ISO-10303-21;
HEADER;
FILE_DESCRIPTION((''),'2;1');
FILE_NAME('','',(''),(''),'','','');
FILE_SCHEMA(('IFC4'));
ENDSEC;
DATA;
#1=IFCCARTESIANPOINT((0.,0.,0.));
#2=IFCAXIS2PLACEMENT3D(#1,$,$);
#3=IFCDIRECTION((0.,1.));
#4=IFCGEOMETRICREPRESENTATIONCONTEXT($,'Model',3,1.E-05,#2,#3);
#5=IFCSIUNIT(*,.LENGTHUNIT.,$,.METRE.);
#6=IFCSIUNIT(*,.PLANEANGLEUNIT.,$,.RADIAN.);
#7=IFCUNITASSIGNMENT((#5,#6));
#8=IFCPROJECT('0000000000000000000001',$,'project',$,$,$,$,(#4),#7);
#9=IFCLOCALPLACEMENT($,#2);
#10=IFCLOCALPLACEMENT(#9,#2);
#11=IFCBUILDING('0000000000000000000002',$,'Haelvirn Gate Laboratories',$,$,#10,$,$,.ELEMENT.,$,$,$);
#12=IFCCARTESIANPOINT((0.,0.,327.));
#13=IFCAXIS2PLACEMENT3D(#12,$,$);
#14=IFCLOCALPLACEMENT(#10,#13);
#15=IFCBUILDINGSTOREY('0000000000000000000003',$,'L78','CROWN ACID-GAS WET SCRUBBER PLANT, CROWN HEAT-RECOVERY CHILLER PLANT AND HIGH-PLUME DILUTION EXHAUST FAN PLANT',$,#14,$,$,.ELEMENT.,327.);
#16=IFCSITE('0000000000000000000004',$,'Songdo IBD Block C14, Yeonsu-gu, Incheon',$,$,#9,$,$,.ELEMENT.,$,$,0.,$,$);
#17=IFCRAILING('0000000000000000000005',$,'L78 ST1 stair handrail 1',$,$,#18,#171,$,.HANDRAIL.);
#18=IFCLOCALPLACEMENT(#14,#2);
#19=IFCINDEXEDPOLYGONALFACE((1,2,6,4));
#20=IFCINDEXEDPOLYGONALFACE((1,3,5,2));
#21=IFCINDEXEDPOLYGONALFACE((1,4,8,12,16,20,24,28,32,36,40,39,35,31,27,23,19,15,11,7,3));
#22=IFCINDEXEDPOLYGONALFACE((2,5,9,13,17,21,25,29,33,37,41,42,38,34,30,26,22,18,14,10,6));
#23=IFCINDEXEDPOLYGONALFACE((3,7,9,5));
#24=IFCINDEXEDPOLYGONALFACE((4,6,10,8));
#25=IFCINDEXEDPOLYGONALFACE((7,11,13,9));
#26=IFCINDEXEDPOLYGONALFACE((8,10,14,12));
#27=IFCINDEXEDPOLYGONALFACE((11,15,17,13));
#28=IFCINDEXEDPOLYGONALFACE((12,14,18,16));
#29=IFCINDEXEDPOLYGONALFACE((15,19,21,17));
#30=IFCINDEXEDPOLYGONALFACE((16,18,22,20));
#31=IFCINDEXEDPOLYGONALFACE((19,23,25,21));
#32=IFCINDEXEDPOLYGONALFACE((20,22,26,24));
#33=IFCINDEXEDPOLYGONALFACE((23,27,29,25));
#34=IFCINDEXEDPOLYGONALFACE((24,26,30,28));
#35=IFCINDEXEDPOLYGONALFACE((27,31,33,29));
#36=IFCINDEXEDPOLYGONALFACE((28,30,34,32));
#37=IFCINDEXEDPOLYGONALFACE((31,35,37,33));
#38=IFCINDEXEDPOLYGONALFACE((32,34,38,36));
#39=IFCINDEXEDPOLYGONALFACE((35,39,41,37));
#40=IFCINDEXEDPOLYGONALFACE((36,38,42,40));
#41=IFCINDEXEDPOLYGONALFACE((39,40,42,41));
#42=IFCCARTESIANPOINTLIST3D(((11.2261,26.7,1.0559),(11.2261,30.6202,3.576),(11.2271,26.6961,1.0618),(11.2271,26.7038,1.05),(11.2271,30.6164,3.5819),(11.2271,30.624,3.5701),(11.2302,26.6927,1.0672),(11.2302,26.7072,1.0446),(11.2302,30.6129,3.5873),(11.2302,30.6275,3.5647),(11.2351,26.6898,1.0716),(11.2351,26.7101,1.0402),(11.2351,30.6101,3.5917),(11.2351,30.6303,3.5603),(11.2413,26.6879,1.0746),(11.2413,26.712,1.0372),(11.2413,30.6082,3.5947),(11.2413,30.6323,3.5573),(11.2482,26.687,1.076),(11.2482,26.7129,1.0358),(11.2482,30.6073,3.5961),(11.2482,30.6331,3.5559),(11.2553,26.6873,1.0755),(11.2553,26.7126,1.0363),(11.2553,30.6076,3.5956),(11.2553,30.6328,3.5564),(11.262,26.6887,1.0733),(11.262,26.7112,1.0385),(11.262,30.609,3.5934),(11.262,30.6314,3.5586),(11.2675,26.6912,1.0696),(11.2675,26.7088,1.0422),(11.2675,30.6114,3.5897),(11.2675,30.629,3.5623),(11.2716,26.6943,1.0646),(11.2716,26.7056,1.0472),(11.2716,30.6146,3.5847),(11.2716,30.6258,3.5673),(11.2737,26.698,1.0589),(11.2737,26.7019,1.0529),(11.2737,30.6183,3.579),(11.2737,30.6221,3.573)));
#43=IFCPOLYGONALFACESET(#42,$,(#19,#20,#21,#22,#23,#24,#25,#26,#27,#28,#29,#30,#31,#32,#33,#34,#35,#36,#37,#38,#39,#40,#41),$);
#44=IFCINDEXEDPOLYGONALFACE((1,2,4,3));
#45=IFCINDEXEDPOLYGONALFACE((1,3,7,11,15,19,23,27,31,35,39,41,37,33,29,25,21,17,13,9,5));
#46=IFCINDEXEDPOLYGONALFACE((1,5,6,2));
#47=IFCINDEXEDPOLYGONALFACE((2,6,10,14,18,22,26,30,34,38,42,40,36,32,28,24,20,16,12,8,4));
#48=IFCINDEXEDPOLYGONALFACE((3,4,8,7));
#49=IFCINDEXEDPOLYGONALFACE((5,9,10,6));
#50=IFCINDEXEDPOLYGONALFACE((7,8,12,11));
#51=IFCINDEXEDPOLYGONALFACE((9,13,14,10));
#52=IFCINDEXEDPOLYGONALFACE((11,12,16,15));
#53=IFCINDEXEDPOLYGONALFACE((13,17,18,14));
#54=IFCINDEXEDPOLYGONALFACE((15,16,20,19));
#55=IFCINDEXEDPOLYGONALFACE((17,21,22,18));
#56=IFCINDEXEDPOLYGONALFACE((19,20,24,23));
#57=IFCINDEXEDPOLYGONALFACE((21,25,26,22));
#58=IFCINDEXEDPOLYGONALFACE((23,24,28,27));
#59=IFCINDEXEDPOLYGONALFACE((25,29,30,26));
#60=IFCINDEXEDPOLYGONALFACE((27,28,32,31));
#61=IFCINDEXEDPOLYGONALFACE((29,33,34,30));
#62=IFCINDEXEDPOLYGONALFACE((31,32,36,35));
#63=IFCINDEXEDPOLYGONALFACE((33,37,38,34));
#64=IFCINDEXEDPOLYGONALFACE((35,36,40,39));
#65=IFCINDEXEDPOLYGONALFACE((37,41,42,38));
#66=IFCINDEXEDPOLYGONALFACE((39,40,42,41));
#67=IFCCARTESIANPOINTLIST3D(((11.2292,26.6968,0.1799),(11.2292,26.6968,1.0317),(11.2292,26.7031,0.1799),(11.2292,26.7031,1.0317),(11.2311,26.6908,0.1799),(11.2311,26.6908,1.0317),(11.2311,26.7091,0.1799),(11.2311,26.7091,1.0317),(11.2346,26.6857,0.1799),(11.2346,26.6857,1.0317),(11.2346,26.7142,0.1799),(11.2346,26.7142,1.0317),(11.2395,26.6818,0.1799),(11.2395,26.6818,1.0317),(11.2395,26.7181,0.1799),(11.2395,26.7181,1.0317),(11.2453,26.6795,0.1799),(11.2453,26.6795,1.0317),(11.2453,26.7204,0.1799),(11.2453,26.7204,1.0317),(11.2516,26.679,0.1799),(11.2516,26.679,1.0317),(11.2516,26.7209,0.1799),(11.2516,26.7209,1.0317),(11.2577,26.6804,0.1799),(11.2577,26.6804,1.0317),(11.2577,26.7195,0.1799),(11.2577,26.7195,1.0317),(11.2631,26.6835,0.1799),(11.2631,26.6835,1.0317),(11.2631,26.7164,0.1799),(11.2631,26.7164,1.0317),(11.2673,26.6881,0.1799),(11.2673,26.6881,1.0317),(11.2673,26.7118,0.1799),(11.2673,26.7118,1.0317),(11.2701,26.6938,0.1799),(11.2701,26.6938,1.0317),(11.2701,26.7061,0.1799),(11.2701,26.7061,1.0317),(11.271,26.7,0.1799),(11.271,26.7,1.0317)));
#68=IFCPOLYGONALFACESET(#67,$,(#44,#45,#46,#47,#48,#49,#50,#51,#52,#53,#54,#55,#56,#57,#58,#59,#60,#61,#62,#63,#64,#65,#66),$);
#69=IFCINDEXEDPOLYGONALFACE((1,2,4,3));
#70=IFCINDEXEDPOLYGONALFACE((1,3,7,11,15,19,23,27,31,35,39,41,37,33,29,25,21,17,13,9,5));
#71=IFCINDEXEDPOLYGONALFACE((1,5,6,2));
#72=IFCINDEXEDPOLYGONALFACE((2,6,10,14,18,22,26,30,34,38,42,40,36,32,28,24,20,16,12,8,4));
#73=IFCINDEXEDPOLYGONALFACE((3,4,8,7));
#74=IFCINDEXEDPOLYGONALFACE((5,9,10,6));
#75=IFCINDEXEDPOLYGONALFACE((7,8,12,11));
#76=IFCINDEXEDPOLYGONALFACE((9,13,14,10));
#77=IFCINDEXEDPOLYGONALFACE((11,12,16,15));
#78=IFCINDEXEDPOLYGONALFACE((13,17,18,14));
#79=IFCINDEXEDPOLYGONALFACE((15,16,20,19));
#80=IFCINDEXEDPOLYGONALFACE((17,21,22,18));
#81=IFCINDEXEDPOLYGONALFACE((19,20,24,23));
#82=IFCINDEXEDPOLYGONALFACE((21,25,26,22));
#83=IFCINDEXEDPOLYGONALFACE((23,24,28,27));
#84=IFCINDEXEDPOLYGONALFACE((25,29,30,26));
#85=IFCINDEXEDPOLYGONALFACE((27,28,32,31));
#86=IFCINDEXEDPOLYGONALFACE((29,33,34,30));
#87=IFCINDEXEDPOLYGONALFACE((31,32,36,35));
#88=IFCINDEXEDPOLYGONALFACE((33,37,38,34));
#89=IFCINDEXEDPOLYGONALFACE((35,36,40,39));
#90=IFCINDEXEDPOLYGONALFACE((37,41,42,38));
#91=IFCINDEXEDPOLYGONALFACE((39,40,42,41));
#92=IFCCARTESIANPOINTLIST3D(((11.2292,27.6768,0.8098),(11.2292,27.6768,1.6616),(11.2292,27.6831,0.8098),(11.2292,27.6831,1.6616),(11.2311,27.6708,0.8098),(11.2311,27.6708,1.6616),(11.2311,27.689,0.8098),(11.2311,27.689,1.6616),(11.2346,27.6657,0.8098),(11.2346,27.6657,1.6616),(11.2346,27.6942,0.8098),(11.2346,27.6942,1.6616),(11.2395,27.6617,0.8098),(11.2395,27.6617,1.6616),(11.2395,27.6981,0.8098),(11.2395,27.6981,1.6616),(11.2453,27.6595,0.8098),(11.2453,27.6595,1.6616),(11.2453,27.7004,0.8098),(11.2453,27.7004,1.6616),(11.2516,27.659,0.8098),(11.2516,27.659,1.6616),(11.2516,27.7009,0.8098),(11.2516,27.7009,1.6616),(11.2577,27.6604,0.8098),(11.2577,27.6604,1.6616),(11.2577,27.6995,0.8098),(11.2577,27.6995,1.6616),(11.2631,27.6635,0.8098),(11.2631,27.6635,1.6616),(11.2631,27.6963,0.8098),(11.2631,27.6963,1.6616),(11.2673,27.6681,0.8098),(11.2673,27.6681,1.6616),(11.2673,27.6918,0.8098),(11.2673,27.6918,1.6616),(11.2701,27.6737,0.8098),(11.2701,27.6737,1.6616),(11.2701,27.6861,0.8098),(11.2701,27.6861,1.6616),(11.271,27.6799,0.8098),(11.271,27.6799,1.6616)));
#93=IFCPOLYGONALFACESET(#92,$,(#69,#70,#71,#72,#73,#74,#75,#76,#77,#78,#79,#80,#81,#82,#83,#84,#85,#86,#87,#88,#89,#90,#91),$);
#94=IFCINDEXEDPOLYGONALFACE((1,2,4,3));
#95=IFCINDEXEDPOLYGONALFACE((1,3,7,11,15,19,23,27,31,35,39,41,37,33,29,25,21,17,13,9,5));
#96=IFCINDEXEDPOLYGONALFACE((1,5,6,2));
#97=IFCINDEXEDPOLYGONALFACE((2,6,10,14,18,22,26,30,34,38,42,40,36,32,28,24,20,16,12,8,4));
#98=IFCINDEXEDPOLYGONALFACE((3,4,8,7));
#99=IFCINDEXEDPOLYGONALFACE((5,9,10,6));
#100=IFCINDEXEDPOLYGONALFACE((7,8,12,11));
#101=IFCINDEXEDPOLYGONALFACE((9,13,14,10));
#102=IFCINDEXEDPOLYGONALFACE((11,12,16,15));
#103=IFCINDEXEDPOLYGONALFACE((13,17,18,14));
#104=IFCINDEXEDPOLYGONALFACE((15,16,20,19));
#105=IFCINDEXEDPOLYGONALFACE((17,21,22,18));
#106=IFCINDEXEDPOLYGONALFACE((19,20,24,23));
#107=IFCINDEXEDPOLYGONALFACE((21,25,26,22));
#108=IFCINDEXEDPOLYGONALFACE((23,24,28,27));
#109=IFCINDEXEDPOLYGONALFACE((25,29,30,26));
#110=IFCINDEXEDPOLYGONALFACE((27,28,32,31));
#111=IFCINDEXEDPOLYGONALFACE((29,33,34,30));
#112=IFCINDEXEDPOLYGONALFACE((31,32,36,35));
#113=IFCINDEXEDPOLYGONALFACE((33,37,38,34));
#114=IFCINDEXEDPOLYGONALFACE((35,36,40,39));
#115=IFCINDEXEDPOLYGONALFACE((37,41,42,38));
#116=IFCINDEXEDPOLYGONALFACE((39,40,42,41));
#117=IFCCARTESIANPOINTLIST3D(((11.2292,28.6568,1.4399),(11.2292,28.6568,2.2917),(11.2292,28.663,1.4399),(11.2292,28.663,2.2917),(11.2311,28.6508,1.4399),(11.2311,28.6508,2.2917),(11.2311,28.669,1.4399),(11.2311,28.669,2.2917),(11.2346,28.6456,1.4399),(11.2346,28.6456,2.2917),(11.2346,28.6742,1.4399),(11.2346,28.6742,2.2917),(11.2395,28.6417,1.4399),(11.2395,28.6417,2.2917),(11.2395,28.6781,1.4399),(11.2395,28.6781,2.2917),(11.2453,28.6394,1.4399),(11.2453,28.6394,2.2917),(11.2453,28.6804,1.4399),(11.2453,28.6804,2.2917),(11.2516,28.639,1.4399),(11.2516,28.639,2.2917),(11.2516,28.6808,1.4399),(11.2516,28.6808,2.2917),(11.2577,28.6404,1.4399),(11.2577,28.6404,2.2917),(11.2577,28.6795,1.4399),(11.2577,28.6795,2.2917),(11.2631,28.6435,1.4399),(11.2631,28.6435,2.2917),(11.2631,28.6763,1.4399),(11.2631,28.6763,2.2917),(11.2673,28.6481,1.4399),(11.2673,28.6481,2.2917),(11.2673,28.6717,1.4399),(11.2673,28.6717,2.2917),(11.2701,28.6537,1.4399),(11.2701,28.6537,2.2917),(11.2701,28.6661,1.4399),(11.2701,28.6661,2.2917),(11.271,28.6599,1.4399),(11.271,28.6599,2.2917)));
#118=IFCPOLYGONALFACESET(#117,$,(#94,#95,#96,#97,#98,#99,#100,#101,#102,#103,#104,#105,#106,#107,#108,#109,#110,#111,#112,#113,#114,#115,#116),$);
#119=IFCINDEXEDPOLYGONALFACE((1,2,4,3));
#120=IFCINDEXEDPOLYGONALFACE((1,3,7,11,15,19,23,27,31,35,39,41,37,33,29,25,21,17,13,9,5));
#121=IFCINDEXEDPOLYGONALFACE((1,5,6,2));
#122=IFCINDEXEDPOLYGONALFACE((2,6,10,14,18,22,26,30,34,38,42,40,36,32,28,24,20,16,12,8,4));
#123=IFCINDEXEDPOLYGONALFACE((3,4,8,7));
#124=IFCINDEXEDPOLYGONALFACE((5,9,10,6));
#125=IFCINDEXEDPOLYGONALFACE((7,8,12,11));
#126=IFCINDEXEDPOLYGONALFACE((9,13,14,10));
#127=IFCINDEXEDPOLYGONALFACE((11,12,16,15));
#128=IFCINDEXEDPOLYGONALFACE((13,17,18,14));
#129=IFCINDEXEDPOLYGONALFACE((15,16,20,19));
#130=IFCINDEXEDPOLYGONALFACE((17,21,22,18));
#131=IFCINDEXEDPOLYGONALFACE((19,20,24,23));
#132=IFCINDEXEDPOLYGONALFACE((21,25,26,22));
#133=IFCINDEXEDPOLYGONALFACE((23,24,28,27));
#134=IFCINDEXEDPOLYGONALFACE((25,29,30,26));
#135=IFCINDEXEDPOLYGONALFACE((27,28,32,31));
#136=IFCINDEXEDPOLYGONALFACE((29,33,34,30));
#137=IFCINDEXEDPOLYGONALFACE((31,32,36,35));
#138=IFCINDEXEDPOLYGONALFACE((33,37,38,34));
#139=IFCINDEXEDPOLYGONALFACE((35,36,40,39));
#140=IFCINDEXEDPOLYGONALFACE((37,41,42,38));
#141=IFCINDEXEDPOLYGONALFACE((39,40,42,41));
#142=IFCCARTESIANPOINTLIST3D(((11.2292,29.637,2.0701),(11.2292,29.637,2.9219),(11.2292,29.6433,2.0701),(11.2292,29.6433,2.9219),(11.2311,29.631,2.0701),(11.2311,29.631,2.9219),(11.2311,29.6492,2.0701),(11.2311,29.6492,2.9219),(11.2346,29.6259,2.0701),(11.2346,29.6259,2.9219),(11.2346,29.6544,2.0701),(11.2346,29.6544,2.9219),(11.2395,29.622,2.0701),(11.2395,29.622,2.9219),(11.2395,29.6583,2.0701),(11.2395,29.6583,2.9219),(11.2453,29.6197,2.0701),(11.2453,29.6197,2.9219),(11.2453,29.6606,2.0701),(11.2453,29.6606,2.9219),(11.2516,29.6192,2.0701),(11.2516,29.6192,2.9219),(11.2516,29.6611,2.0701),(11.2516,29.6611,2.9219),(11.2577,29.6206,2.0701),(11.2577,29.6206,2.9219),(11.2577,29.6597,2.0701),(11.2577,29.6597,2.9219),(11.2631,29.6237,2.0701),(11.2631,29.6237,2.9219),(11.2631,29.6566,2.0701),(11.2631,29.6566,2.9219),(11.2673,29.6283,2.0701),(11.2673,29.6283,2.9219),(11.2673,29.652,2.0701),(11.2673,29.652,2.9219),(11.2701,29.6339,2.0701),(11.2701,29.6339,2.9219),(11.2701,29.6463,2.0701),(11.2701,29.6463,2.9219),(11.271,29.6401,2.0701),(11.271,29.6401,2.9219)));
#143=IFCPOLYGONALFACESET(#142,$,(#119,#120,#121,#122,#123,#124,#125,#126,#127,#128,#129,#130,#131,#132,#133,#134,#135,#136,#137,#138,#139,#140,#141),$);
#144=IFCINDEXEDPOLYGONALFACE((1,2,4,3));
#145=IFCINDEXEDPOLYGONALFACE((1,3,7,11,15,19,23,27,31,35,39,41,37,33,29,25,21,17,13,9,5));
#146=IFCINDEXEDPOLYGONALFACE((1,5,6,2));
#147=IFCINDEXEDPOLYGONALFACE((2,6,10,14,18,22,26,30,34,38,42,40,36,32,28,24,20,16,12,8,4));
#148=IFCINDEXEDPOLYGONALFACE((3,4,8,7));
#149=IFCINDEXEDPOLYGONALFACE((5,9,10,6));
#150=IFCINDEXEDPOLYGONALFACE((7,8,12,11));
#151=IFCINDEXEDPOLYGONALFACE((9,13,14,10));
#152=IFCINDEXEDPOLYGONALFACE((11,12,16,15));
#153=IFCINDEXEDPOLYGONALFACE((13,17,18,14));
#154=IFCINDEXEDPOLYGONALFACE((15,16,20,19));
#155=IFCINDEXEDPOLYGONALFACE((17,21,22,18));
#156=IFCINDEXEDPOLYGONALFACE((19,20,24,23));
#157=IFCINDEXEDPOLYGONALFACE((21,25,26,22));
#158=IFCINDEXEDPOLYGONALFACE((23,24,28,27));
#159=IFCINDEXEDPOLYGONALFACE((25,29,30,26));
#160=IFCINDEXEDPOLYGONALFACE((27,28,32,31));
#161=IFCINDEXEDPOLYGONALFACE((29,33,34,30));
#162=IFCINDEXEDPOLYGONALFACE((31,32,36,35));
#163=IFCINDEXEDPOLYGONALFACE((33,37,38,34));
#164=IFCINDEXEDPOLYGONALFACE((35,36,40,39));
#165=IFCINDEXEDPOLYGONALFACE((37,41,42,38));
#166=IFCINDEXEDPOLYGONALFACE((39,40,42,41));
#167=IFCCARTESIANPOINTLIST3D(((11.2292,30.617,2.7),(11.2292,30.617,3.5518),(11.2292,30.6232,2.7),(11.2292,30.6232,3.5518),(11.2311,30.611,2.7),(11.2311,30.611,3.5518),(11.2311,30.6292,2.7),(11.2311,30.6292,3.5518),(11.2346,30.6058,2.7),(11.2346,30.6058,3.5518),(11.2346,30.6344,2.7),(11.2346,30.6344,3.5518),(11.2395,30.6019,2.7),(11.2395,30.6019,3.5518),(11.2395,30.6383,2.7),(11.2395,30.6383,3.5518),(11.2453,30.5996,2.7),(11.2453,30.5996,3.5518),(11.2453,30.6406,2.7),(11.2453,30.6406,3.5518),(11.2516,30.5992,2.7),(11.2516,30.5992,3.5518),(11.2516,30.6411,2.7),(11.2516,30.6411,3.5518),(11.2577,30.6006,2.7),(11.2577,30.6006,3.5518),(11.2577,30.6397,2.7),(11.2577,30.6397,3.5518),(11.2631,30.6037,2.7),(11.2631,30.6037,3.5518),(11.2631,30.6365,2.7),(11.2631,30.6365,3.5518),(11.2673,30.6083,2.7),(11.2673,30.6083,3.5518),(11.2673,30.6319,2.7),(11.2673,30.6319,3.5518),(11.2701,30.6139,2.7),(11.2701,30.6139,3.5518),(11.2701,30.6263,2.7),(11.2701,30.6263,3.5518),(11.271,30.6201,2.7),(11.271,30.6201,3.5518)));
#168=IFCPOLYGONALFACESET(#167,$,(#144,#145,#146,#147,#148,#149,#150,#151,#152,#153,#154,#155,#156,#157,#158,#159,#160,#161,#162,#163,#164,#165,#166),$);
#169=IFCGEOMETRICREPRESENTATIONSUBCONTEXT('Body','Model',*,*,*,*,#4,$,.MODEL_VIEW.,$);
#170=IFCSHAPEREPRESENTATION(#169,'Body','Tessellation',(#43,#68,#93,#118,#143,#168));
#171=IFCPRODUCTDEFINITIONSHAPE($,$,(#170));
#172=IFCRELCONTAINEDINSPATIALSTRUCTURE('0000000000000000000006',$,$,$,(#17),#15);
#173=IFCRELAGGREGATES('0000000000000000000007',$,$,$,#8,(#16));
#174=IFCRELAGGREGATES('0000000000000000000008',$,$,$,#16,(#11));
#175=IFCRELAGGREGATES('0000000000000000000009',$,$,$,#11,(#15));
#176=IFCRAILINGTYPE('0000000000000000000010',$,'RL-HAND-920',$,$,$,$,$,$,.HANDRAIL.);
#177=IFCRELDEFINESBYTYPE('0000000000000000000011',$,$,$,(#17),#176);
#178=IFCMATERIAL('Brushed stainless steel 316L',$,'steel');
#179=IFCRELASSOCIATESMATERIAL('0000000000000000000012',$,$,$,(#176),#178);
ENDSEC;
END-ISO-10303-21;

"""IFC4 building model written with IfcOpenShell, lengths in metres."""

from ifc_helpers import new_model, si_unit, direction, frame, origin, origin_2d, place, context, subcontext, project, spatial, circle, extrude, source, transform, mapped, material, type_object, element, save


model = new_model("IFC4")

# Units and contexts
model_context = context("Model", 3, precision=1e-05, world=origin(), true_north=direction((0.0, 1.0)))
body_context = subcontext(model_context, "Body", "Model", "MODEL_VIEW")
ifc_project = project(units=[si_unit("LENGTHUNIT", "METRE"), si_unit("PLANEANGLEUNIT", "RADIAN")], contexts=[model_context])

# Site, building, storey
site_placement = place(None, origin())
site = spatial("IfcSite", under=ifc_project, at=site_placement, Name="Songdo IBD Block C14, Yeonsu-gu, Incheon", CompositionType="ELEMENT", RefElevation=0.0)
building_placement = place(site_placement, origin())
building = spatial("IfcBuilding", under=site, at=building_placement, Name="Haelvirn Gate Laboratories", CompositionType="ELEMENT")
storey_placement = place(building_placement, frame((0.0, 0.0, 327.0)))
storey = spatial("IfcBuildingStorey", under=building, at=storey_placement, Name="L78", Description="CROWN ACID-GAS WET SCRUBBER PLANT, CROWN HEAT-RECOVERY CHILLER PLANT AND HIGH-PLUME DILUTION EXHAUST FAN PLANT", CompositionType="ELEMENT", Elevation=327.0)

# Railing
ifc_material_1 = material(Name="Brushed stainless steel 316L", Category="steel")
railing_type_1 = type_object("IfcRailingType", Name="RL-HAND-920", PredefinedType="HANDRAIL", material=ifc_material_1)
shared_shape_1 = source(origin(), body_context, "Body", "SweptSolid", [
    extrude(circle(Radius=0.0239, at=origin_2d()), frame((0.0, 0.0, 0.876), z_axis=(0.0, 0.841187, 0.540744), x_axis=(-1.0, 0.0, 0.0)), (0.0, 0.0, 1.0), 4.6604),
    extrude(circle(Radius=0.021, at=origin_2d()), origin(), (0.0, 0.0, 1.0), 0.8518),
    extrude(circle(Radius=0.021, at=origin_2d()), frame((0.0, 0.98, 0.6299)), (0.0, 0.0, 1.0), 0.8518),
    extrude(circle(Radius=0.021, at=origin_2d()), frame((0.0, 1.96, 1.26)), (0.0, 0.0, 1.0), 0.8518),
    extrude(circle(Radius=0.021, at=origin_2d()), frame((0.0, 2.9402, 1.8901)), (0.0, 0.0, 1.0), 0.8518),
    extrude(circle(Radius=0.021, at=origin_2d()), frame((0.0, 3.9202, 2.52)), (0.0, 0.0, 1.0), 0.8518),
])
railing_1_placement = place(storey_placement, frame((11.25, 26.7, 0.1799)))
element("IfcRailing", 1, at=railing_1_placement, inside=storey, type_object=railing_type_1, Name="L78 ST1 stair handrail 1", PredefinedType="HANDRAIL", context=body_context, shape_type="MappedRepresentation", body=[
    mapped(shared_shape_1, transform((0.0, 0.0, 0.0), scale=1.0)),
])

save(model, "model.ifc")
